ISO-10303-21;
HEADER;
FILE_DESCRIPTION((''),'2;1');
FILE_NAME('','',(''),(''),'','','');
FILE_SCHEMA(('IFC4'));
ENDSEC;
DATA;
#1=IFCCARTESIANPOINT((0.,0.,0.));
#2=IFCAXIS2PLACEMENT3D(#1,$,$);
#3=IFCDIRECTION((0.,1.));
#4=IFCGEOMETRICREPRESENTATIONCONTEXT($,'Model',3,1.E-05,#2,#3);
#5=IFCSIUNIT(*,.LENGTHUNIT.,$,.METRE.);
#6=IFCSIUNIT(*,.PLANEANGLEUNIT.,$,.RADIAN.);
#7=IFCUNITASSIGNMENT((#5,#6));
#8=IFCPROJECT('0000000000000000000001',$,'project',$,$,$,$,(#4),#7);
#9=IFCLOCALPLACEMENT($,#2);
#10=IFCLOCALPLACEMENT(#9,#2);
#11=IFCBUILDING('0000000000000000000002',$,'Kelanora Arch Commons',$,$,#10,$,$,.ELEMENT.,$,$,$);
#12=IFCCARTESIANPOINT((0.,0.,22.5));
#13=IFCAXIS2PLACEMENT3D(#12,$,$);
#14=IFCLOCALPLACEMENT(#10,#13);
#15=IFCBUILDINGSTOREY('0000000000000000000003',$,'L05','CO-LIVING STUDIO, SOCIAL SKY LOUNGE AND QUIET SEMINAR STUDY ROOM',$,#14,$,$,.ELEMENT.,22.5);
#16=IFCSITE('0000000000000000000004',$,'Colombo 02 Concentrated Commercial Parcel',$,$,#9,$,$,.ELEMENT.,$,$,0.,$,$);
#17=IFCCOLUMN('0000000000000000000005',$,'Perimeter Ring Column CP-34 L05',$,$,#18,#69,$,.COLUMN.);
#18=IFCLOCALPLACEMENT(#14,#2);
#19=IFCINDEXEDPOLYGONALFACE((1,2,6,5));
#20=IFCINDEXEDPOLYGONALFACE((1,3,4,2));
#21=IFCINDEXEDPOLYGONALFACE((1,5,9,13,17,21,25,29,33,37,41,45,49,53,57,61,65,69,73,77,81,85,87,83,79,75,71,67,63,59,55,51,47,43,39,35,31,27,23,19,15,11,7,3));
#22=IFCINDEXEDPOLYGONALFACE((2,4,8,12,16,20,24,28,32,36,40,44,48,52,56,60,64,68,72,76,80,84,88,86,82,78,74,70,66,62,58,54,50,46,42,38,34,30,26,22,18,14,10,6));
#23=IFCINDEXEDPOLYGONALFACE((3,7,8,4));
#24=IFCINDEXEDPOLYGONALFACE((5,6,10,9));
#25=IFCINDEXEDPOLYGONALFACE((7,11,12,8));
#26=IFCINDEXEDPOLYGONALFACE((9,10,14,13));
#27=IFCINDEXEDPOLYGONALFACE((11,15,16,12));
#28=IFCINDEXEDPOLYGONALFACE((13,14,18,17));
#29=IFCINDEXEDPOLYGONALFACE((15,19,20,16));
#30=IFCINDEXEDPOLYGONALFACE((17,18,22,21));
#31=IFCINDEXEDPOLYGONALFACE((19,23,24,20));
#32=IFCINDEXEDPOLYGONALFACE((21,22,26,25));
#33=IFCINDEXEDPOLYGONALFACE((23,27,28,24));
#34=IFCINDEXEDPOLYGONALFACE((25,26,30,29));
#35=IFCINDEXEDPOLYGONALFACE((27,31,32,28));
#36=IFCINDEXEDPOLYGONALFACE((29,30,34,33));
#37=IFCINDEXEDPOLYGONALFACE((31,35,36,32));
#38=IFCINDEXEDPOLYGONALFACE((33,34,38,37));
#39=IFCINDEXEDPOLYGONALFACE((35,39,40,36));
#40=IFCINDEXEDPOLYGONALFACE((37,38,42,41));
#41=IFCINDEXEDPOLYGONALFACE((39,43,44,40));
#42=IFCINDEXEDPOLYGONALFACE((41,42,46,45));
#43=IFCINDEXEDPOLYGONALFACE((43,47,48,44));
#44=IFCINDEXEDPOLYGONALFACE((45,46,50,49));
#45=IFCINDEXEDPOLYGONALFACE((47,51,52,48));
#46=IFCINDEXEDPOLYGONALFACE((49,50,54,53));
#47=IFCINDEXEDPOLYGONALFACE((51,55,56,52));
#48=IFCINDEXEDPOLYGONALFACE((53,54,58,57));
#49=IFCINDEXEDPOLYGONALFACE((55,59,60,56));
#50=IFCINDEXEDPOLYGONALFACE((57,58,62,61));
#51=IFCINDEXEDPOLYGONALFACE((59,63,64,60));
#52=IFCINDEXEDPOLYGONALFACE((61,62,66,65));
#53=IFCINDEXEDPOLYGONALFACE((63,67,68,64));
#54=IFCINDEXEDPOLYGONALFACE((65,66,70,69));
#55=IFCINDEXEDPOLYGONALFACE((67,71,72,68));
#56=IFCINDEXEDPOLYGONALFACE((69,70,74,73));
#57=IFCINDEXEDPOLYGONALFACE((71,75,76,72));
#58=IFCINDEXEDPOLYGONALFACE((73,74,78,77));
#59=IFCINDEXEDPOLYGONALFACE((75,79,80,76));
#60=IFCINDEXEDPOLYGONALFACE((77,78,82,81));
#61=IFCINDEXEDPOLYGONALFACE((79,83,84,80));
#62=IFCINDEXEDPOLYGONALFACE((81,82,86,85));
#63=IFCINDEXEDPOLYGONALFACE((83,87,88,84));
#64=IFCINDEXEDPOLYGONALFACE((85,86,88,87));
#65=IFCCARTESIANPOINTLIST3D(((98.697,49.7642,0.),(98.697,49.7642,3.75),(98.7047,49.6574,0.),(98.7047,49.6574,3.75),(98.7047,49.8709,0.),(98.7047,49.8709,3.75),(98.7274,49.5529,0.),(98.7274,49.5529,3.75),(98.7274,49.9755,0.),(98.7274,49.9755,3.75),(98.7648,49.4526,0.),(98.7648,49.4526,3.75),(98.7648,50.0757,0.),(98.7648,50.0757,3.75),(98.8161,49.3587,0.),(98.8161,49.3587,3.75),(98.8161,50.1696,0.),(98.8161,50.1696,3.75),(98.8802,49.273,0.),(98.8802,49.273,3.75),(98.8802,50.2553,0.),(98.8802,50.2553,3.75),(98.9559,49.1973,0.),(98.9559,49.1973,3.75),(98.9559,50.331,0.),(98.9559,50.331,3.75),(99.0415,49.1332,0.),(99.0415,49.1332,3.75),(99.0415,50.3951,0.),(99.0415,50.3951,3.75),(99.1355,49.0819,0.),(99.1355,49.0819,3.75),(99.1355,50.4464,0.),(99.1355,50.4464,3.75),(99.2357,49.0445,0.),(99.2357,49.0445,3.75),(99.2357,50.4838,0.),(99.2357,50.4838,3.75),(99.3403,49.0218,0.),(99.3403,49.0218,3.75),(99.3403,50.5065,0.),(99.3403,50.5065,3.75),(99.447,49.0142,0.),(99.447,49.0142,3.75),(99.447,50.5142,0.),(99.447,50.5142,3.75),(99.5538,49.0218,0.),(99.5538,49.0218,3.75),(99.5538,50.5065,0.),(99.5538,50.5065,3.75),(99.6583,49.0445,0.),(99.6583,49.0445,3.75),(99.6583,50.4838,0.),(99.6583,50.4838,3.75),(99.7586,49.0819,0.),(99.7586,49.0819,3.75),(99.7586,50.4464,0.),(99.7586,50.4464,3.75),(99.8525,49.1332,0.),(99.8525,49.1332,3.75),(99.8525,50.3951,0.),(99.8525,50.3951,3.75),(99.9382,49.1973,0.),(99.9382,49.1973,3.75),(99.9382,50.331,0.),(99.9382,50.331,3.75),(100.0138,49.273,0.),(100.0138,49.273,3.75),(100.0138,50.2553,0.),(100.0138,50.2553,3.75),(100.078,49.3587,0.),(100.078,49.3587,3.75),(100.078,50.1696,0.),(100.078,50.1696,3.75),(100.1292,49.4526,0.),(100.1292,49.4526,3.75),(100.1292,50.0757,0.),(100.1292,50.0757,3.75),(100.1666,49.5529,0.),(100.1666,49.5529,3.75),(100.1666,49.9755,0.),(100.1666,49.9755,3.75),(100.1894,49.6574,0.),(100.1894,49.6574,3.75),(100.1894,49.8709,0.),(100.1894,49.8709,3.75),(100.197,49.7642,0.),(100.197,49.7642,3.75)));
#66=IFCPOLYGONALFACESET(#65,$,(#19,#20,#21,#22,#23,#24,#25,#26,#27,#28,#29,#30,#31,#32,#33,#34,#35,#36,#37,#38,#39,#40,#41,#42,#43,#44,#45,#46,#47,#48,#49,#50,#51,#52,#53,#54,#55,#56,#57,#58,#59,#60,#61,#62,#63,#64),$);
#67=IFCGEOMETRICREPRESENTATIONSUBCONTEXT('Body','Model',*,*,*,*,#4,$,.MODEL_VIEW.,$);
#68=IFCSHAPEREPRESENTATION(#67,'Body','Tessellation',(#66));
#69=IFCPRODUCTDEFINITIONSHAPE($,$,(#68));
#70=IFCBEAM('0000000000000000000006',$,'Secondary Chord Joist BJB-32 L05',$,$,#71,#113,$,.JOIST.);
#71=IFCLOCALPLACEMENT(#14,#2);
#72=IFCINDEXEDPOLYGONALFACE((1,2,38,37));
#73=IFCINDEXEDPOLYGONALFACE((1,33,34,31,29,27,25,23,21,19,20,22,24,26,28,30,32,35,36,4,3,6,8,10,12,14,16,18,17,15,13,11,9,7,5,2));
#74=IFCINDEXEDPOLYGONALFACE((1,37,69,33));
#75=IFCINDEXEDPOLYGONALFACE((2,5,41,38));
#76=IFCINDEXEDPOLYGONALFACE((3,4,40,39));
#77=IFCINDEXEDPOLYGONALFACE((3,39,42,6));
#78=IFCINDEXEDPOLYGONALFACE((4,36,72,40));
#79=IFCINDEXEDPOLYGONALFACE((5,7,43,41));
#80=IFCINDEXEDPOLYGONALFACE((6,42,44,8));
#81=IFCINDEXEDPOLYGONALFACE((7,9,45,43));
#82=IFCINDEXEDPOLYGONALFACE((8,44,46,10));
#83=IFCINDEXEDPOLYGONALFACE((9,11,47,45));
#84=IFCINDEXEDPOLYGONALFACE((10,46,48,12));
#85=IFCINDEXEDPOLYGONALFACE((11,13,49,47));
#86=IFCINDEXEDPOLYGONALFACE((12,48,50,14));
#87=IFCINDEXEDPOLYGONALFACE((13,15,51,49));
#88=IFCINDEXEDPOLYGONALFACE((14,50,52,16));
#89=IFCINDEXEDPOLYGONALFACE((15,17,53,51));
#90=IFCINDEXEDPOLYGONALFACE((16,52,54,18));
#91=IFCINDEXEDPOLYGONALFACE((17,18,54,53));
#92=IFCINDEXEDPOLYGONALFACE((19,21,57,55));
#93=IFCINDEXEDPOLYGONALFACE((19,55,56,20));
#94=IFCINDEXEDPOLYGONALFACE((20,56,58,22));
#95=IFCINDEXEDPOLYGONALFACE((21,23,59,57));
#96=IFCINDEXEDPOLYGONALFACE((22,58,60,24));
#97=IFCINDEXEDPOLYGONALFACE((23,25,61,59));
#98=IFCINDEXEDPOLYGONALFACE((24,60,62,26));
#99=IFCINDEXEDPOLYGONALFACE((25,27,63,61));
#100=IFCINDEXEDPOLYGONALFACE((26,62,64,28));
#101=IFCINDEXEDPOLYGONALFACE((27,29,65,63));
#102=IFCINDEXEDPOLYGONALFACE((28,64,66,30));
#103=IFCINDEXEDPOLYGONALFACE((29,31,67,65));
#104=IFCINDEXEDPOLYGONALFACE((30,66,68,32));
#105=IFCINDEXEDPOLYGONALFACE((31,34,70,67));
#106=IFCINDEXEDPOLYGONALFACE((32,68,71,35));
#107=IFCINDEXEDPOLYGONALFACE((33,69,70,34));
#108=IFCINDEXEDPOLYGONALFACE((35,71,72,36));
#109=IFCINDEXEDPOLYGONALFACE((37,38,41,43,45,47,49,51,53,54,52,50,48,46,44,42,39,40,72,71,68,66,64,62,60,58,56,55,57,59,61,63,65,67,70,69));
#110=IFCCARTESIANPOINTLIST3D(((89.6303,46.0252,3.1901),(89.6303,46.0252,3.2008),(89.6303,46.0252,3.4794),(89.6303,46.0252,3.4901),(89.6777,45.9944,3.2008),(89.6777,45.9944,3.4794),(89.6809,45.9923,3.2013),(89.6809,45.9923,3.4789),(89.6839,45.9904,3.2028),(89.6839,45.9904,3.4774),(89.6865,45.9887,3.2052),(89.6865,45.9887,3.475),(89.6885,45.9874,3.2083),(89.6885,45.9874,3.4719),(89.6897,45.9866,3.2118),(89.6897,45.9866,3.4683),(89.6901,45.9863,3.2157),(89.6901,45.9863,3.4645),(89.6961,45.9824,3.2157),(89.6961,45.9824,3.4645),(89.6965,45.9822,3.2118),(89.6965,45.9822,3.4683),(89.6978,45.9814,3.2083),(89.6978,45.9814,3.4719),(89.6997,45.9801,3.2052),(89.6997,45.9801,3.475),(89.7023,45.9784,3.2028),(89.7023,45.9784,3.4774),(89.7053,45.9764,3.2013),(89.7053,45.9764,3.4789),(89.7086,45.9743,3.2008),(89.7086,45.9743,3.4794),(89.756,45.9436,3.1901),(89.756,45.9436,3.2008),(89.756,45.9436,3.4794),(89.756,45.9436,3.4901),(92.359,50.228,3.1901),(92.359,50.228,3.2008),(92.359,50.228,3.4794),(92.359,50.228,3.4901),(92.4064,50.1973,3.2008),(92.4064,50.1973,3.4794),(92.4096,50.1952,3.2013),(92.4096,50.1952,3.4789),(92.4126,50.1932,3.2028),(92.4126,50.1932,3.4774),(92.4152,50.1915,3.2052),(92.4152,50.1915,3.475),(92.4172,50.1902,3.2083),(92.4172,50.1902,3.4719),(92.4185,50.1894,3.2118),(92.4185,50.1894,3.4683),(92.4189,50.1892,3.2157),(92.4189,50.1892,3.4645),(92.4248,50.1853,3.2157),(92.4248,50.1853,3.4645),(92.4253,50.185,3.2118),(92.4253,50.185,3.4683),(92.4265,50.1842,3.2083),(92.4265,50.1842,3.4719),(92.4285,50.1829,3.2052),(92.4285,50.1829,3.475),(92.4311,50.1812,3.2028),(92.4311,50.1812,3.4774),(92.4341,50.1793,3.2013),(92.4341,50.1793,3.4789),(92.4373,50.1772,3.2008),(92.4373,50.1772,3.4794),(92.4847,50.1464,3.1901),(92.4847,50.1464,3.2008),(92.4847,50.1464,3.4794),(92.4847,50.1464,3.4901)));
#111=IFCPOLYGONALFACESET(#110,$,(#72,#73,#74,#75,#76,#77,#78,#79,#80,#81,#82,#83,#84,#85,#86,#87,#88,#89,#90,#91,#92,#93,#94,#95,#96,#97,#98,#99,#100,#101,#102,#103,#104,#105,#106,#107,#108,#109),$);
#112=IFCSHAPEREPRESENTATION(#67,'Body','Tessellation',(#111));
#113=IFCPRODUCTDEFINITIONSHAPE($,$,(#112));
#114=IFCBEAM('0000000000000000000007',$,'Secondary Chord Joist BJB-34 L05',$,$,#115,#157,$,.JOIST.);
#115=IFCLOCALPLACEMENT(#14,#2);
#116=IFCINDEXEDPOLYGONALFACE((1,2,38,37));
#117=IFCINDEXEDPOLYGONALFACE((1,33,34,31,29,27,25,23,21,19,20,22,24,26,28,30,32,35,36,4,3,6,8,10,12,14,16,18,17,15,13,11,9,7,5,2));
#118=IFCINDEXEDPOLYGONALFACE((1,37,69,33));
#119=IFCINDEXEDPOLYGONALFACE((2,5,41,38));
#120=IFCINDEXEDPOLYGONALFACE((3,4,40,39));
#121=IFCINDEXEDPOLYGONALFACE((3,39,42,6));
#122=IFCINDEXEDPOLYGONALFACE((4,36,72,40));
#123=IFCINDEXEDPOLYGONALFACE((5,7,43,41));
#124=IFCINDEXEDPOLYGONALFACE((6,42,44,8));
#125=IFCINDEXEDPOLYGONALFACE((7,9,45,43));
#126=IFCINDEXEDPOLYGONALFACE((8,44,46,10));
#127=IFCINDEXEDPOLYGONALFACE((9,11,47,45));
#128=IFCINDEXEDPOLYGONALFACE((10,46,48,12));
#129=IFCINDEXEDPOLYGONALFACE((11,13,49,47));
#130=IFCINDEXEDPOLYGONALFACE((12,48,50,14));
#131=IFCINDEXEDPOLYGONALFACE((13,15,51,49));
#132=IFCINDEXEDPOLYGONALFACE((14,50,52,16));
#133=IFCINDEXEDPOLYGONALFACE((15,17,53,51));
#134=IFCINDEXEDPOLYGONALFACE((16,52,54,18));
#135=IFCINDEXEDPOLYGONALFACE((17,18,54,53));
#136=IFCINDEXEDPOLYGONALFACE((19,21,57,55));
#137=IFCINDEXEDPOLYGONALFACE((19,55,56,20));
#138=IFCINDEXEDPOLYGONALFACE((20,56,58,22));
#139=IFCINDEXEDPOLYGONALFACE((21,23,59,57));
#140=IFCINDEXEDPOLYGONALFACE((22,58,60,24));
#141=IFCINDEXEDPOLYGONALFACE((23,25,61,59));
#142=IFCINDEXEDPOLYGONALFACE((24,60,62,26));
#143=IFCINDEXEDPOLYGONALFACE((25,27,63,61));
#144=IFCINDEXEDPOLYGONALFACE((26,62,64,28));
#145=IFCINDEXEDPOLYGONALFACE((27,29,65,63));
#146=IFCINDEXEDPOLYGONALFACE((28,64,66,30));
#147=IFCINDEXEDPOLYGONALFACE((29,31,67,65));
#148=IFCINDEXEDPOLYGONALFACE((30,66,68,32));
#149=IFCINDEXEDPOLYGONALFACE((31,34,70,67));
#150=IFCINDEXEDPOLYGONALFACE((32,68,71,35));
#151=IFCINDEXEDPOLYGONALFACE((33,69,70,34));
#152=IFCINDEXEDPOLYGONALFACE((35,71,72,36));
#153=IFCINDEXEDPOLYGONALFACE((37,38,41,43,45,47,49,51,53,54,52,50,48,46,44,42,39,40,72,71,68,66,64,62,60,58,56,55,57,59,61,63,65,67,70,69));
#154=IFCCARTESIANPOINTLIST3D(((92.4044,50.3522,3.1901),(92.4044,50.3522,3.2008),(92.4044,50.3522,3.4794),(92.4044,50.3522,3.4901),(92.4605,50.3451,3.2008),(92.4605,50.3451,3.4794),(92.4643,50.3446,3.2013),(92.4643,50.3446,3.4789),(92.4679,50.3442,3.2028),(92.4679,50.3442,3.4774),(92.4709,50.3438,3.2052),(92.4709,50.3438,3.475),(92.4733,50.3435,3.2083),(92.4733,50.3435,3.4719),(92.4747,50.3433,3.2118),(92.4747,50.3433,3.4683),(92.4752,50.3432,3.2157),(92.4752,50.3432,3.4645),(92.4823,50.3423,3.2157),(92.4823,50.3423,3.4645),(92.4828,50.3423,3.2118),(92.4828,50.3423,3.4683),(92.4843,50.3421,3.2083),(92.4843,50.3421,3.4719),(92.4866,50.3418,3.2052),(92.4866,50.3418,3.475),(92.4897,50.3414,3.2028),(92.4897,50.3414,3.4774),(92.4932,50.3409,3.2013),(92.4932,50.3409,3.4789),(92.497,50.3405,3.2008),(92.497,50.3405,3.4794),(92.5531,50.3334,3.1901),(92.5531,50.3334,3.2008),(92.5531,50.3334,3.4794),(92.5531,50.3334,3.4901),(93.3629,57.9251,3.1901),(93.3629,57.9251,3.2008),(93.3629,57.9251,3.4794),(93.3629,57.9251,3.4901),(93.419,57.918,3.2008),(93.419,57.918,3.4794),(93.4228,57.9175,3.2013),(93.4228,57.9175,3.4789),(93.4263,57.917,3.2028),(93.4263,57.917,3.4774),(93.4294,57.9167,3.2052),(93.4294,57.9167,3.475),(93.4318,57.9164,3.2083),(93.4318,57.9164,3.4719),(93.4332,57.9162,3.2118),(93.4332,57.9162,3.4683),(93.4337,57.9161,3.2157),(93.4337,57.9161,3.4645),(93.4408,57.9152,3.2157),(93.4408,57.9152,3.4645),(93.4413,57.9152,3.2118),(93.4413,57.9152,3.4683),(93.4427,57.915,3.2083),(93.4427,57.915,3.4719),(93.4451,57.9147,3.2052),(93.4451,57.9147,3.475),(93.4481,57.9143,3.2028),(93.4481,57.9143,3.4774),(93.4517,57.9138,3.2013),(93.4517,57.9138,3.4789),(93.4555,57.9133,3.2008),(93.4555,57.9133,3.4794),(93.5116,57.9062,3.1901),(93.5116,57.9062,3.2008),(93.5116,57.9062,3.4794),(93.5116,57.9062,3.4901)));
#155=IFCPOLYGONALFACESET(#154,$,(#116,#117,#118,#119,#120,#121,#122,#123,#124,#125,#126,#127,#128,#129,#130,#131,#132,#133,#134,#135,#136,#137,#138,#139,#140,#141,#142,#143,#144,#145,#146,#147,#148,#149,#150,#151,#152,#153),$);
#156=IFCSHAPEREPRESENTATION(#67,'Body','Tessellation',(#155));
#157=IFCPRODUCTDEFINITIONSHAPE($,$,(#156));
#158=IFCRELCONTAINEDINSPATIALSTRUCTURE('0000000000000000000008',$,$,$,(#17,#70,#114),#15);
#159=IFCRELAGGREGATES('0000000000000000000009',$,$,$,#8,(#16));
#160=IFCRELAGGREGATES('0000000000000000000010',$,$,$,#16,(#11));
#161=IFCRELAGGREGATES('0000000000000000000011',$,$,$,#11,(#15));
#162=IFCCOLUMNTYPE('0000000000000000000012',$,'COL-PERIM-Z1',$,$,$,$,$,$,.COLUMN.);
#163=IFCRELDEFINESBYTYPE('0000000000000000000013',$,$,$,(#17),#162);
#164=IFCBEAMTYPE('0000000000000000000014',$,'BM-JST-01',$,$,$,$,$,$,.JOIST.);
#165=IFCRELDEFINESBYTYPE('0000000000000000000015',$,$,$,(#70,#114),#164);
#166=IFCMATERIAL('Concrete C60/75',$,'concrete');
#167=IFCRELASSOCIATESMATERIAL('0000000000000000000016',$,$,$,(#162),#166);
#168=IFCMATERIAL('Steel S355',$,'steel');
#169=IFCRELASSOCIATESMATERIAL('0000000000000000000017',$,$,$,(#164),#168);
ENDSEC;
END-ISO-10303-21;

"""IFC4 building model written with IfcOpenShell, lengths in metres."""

from ifc_helpers import new_model, si_unit, direction, frame, origin, origin_2d, place, context, subcontext, project, spatial, circle, i_section, extrude, material, material_profile, profile_set, type_object, element, save


model = new_model("IFC4")

# Units and contexts
model_context = context("Model", 3, precision=1e-05, world=origin(), true_north=direction((0.0, 1.0)))
body_context = subcontext(model_context, "Body", "Model", "MODEL_VIEW")
ifc_project = project(units=[si_unit("LENGTHUNIT", "METRE"), si_unit("PLANEANGLEUNIT", "RADIAN")], contexts=[model_context])

# Site, building, storey
site_placement = place(None, origin())
site = spatial("IfcSite", under=ifc_project, at=site_placement, Name="Colombo 02 Concentrated Commercial Parcel", CompositionType="ELEMENT", RefElevation=0.0)
building_placement = place(site_placement, origin())
building = spatial("IfcBuilding", under=site, at=building_placement, Name="Kelanora Arch Commons", CompositionType="ELEMENT")
storey_placement = place(building_placement, frame((0.0, 0.0, 22.5)))
storey = spatial("IfcBuildingStorey", under=building, at=storey_placement, Name="L05", Description="CO-LIVING STUDIO, SOCIAL SKY LOUNGE AND QUIET SEMINAR STUDY ROOM", CompositionType="ELEMENT", Elevation=22.5)

# Column
ifc_material_1 = material(Name="Concrete C60/75", Category="concrete")
ifc_material_profile_1 = material_profile(ifc_material_1, circle(Radius=0.75, at=origin_2d()), Name="RCC1500")
ifc_profile_set_1 = profile_set([ifc_material_profile_1], Name="Concrete C60/75")
column_type = type_object("IfcColumnType", Name="COL-PERIM-Z1", PredefinedType="COLUMN", material=ifc_profile_set_1)
column_placement = place(storey_placement, frame((99.447, 49.7642, 0.0), z_axis=(0.0, 0.0, 1.0), x_axis=(1.0, 0.0, 0.0)))
element("IfcColumn", 1, at=column_placement, inside=storey, type_object=column_type, Name="Perimeter Ring Column CP-34 L05", PredefinedType="COLUMN", context=body_context, shape_type="SweptSolid", body=[
    extrude(circle(Radius=0.75, at=origin_2d()), origin(), (0.0, 0.0, 1.0), 3.75),
])

# Beams
ifc_material_2 = material(Name="Steel S355", Category="steel")
ifc_material_profile_2 = material_profile(ifc_material_2, i_section(OverallWidth=0.1499, OverallDepth=0.3, WebThickness=0.0071, FlangeThickness=0.0107, FilletRadius=0.0149, at=origin_2d()), Name="IPE300")
ifc_profile_set_2 = profile_set([ifc_material_profile_2], Name="Steel S355")
beam_type_1 = type_object("IfcBeamType", Name="BM-JST-01", PredefinedType="JOIST", material=ifc_profile_set_2)
beam_1_placement = place(storey_placement, frame((89.6931, 45.9844, 3.3401), z_axis=(0.544552, 0.838727, 0.0), x_axis=(-0.838727, 0.544552, 0.0)))
element("IfcBeam", 2, at=beam_1_placement, inside=storey, type_object=beam_type_1, Name="Secondary Chord Joist BJB-32 L05", PredefinedType="JOIST", context=body_context, shape_type="SweptSolid", body=[
    extrude(i_section(OverallWidth=0.1499, OverallDepth=0.3, WebThickness=0.0071, FlangeThickness=0.0107, FilletRadius=0.0149, at=origin_2d()), origin(), (0.0, 0.0, 1.0), 5.011),
])
beam_2_placement = place(storey_placement, frame((92.4788, 50.3428, 3.3401), z_axis=(0.125566, 0.992085, 0.0), x_axis=(-0.992085, 0.125566, 0.0)))
element("IfcBeam", 3, at=beam_2_placement, inside=storey, type_object=beam_type_1, Name="Secondary Chord Joist BJB-34 L05", PredefinedType="JOIST", context=body_context, shape_type="SweptSolid", body=[
    extrude(i_section(OverallWidth=0.1499, OverallDepth=0.3, WebThickness=0.0071, FlangeThickness=0.0107, FilletRadius=0.0149, at=origin_2d()), origin(), (0.0, 0.0, 1.0), 7.6333),
])

save(model, "model.ifc")
